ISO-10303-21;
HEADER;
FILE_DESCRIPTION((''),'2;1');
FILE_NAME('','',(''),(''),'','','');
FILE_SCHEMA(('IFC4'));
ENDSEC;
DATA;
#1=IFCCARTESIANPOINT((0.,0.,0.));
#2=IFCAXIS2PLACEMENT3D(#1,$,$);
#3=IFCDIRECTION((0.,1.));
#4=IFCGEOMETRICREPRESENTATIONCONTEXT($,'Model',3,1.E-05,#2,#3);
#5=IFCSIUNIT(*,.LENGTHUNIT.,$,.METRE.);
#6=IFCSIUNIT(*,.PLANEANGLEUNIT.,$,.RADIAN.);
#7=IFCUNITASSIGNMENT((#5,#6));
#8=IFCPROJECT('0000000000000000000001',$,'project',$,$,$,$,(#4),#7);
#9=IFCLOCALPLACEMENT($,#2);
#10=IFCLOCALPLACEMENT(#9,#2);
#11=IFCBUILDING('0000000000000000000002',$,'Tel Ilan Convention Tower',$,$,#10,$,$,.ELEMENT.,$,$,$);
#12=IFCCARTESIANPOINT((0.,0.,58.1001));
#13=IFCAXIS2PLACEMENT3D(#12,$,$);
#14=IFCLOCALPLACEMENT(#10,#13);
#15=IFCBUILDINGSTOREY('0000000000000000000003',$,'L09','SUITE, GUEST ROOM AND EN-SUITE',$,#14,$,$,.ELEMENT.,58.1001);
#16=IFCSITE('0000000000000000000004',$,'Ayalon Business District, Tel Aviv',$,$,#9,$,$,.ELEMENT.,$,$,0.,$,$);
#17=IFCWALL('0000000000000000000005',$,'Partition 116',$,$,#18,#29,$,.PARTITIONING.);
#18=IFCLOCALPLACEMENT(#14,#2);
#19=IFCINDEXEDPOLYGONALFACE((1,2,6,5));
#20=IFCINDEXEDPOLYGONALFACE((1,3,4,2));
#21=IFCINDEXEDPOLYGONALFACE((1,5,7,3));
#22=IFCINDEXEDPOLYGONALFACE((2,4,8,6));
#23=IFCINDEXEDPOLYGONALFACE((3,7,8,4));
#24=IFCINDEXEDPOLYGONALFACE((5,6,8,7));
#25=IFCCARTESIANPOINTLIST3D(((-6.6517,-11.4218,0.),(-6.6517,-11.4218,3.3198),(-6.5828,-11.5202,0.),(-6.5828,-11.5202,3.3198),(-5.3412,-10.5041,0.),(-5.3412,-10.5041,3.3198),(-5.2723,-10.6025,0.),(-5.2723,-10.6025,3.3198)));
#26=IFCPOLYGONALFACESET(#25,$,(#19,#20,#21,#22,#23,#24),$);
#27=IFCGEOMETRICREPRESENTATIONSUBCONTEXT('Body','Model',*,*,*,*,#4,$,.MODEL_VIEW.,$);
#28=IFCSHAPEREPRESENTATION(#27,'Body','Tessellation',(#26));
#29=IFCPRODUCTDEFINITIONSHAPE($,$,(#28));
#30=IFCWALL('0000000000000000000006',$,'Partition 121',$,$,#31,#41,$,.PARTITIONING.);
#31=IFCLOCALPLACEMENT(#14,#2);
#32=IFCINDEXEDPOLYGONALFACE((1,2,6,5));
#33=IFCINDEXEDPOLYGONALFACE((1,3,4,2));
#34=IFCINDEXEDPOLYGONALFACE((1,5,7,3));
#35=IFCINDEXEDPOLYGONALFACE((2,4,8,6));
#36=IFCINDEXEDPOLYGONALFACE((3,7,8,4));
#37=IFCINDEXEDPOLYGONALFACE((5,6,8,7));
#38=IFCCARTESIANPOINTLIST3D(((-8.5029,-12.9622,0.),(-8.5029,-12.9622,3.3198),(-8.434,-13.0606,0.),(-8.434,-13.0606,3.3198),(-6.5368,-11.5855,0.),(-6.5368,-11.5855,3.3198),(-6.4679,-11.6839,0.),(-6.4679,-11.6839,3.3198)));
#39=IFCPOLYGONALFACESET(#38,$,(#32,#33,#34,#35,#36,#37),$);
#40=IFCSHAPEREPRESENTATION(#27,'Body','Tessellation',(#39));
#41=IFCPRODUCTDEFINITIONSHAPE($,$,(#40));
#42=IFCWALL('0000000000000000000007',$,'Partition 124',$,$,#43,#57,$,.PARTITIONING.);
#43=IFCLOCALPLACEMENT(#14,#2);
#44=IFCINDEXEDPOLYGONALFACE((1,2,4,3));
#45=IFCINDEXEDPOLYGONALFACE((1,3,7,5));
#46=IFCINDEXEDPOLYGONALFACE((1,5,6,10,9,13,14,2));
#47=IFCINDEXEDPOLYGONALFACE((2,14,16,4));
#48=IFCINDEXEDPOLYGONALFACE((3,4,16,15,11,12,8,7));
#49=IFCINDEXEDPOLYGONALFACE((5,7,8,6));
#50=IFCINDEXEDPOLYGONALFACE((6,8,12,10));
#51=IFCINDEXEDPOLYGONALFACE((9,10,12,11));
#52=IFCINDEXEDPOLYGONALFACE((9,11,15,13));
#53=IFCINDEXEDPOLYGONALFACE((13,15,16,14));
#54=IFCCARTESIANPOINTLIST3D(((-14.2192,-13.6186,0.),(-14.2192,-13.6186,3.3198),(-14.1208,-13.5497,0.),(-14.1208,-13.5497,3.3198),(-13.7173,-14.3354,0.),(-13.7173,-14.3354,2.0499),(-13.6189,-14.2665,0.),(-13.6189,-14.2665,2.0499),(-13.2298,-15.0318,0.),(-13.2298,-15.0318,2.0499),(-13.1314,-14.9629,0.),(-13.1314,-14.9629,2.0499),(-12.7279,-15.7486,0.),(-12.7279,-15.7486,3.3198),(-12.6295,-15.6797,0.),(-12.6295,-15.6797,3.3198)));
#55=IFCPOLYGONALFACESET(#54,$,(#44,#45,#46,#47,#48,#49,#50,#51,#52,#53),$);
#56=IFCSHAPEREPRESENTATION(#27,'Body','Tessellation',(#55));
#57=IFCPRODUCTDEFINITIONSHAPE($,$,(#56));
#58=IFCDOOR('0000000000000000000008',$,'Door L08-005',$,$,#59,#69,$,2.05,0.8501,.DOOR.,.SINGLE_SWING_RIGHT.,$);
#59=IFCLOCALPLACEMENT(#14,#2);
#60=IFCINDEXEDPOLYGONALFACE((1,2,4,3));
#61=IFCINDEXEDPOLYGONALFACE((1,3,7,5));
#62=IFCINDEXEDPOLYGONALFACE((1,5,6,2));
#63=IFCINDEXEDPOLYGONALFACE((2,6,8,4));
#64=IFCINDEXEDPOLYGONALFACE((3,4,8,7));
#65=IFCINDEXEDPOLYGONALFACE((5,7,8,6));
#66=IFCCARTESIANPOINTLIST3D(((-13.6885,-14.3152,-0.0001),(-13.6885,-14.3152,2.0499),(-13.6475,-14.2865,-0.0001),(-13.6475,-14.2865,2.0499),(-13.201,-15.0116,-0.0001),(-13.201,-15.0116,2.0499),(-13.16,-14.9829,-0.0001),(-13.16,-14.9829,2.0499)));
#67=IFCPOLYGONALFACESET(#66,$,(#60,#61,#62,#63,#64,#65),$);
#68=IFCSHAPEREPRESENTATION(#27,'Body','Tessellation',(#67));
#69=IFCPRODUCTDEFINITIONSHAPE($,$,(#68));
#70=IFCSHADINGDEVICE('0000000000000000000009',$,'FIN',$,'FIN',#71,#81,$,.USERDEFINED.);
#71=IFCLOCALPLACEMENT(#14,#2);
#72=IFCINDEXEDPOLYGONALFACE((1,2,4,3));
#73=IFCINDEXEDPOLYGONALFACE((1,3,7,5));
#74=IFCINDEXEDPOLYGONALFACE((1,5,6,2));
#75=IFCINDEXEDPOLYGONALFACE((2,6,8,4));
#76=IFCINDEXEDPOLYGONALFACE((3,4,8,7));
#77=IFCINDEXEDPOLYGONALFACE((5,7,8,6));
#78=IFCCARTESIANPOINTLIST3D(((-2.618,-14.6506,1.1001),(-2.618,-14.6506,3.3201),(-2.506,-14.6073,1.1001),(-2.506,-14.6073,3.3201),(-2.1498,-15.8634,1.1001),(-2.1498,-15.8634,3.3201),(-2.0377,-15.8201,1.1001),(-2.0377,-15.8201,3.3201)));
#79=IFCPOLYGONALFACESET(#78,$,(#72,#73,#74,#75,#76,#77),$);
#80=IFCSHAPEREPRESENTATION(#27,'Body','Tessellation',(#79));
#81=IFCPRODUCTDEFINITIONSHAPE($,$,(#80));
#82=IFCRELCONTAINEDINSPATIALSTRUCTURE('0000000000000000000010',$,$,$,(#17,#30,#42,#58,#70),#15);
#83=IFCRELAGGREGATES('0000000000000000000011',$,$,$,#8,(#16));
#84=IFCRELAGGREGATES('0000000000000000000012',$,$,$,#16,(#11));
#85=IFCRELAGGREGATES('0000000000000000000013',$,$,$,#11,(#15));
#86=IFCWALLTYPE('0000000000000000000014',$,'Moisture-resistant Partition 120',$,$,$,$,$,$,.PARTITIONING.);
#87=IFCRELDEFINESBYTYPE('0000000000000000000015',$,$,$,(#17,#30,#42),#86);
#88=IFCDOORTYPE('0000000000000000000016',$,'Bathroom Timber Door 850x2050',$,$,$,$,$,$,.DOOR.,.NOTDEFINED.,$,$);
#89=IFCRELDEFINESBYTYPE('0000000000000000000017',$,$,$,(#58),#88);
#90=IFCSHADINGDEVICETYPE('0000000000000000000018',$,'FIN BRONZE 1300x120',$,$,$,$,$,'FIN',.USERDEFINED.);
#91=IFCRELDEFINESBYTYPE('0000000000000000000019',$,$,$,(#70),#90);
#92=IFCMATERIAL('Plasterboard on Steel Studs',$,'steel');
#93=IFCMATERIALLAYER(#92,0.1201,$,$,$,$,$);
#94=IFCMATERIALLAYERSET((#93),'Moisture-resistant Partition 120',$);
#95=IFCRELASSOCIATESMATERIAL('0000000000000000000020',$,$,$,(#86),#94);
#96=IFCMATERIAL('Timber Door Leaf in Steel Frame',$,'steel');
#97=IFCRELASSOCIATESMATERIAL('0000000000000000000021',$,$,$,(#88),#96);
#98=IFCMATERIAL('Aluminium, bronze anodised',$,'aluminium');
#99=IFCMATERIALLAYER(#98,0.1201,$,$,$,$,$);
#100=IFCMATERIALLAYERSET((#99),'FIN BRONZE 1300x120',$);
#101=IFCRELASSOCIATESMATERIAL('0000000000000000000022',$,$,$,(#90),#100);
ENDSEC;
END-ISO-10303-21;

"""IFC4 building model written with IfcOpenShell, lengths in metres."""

from ifc_helpers import new_model, si_unit, direction, frame, frame_2d, origin, origin_2d, place, context, subcontext, project, spatial, rectangle, extrude, material, layer, layer_set, type_object, element, fill, save


model = new_model("IFC4")

# Units and contexts
model_context = context("Model", 3, precision=1e-05, world=origin(), true_north=direction((0.0, 1.0)))
body_context = subcontext(model_context, "Body", "Model", "MODEL_VIEW")
ifc_project = project(units=[si_unit("LENGTHUNIT", "METRE"), si_unit("PLANEANGLEUNIT", "RADIAN")], contexts=[model_context])

# Site, building, storey
site_placement = place(None, origin())
site = spatial("IfcSite", under=ifc_project, at=site_placement, Name="Ayalon Business District, Tel Aviv", CompositionType="ELEMENT", RefElevation=0.0)
building_placement = place(site_placement, origin())
building = spatial("IfcBuilding", under=site, at=building_placement, Name="Tel Ilan Convention Tower", CompositionType="ELEMENT")
storey_placement = place(building_placement, frame((0.0, 0.0, 58.1001)))
storey = spatial("IfcBuildingStorey", under=building, at=storey_placement, Name="L09", Description="SUITE, GUEST ROOM AND EN-SUITE", CompositionType="ELEMENT", Elevation=58.1001)

# Walls
ifc_material_1 = material(Name="Plasterboard on Steel Studs", Category="steel")
ifc_layer_1 = layer(ifc_material_1, 0.1201)
ifc_layer_set_1 = layer_set([ifc_layer_1], Name="Moisture-resistant Partition 120")
wall_type_1 = type_object("IfcWallType", Name="Moisture-resistant Partition 120", PredefinedType="PARTITIONING", material=ifc_layer_set_1)
wall_1_placement = place(storey_placement, frame((-6.6172, -11.4709, 0.0), z_axis=(0.0, 0.0, 1.0), x_axis=(0.819132, 0.573606, 0.0)))
element("IfcWall", 1, at=wall_1_placement, inside=storey, type_object=wall_type_1, Name="Partition 116", PredefinedType="PARTITIONING", context=body_context, shape_type="SweptSolid", body=[
    extrude(rectangle(XDim=1.5999, YDim=0.1201, at=frame_2d((0.7998, 0.0))), origin(), (0.0, 0.0, 1.0), 3.3198),
])
wall_2_placement = place(storey_placement, frame((-8.4685, -13.0115, 0.0), z_axis=(0.0, 0.0, 1.0), x_axis=(0.819141, 0.573592, 0.0)))
element("IfcWall", 2, at=wall_2_placement, inside=storey, type_object=wall_type_1, Name="Partition 121", PredefinedType="PARTITIONING", context=body_context, shape_type="SweptSolid", body=[
    extrude(rectangle(XDim=2.4001, YDim=0.1201, at=frame_2d((1.2002, 0.0))), origin(), (0.0, 0.0, 1.0), 3.3198),
])

# Wall, opening, door
wall_3_placement = place(storey_placement, frame((-12.6787, -15.7141, 0.0), z_axis=(0.0, 0.0, 1.0), x_axis=(-0.573538, 0.819179, 0.0)))
wall_3 = element("IfcWall", 3, at=wall_3_placement, inside=storey, type_object=wall_type_1, Name="Partition 124", PredefinedType="PARTITIONING", context=body_context, shape_type="SweptSolid", body=[
    extrude(rectangle(XDim=2.6001, YDim=0.1201, at=frame_2d((1.3, 0.0))), origin(), (0.0, 0.0, 1.0), 3.3198),
])
opening_1_placement = place(wall_3_placement, frame((0.875, 0.0, 0.0)))
opening_1 = element("IfcOpeningElement", 4, at=opening_1_placement, cuts=wall_3, PredefinedType="OPENING", context=body_context, shape_type="SweptSolid", body=[
    extrude(rectangle(XDim=0.8501, YDim=2.05, at=frame_2d((0.425, 1.0249))), frame((0.0, 0.0701, 0.0), z_axis=(0.0, -1.0, 0.0), x_axis=(1.0, 0.0, 0.0)), (0.0, 0.0, 1.0), 0.1401),
])
ifc_material_2 = material(Name="Timber Door Leaf in Steel Frame", Category="steel")
door_type_1 = type_object("IfcDoorType", Name="Bathroom Timber Door 850x2050", OperationType="NOTDEFINED", PredefinedType="DOOR", material=ifc_material_2)
door_1_placement = place(opening_1_placement, origin())
door_1 = element("IfcDoor", 5, at=door_1_placement, inside=storey, type_object=door_type_1, Name="Door L08-005", OperationType="SINGLE_SWING_RIGHT", OverallHeight=2.05, OverallWidth=0.8501, PredefinedType="DOOR", context=body_context, shape_type="SweptSolid", body=[
    extrude(rectangle(XDim=0.8501, YDim=2.05, at=frame_2d((0.425, 1.0249))), frame((0.0, 0.0249, 0.0), z_axis=(0.0, -1.0, 0.0), x_axis=(1.0, 0.0, 0.0)), (0.0, 0.0, 1.0), 0.05),
])
fill(opening_1, door_1)

# Shading device
ifc_material_3 = material(Name="Aluminium, bronze anodised", Category="aluminium")
ifc_layer_2 = layer(ifc_material_3, 0.1201)
ifc_layer_set_2 = layer_set([ifc_layer_2], Name="FIN BRONZE 1300x120")
shading_device_type = type_object("IfcShadingDeviceType", Name="FIN BRONZE 1300x120", ElementType="FIN", PredefinedType="USERDEFINED", material=ifc_layer_set_2)
shading_device_placement = place(storey_placement, frame((-2.3279, -15.2354, 1.1001), z_axis=(0.0, 0.0, 1.0), x_axis=(0.360178, -0.932884, 0.0)))
element("IfcShadingDevice", 6, at=shading_device_placement, inside=storey, type_object=shading_device_type, Name="FIN", ObjectType="FIN", PredefinedType="USERDEFINED", context=body_context, shape_type="SweptSolid", body=[
    extrude(rectangle(XDim=1.3, YDim=0.1201, at=origin_2d()), origin(), (0.0, 0.0, 1.0), 2.22),
])

save(model, "model.ifc")
